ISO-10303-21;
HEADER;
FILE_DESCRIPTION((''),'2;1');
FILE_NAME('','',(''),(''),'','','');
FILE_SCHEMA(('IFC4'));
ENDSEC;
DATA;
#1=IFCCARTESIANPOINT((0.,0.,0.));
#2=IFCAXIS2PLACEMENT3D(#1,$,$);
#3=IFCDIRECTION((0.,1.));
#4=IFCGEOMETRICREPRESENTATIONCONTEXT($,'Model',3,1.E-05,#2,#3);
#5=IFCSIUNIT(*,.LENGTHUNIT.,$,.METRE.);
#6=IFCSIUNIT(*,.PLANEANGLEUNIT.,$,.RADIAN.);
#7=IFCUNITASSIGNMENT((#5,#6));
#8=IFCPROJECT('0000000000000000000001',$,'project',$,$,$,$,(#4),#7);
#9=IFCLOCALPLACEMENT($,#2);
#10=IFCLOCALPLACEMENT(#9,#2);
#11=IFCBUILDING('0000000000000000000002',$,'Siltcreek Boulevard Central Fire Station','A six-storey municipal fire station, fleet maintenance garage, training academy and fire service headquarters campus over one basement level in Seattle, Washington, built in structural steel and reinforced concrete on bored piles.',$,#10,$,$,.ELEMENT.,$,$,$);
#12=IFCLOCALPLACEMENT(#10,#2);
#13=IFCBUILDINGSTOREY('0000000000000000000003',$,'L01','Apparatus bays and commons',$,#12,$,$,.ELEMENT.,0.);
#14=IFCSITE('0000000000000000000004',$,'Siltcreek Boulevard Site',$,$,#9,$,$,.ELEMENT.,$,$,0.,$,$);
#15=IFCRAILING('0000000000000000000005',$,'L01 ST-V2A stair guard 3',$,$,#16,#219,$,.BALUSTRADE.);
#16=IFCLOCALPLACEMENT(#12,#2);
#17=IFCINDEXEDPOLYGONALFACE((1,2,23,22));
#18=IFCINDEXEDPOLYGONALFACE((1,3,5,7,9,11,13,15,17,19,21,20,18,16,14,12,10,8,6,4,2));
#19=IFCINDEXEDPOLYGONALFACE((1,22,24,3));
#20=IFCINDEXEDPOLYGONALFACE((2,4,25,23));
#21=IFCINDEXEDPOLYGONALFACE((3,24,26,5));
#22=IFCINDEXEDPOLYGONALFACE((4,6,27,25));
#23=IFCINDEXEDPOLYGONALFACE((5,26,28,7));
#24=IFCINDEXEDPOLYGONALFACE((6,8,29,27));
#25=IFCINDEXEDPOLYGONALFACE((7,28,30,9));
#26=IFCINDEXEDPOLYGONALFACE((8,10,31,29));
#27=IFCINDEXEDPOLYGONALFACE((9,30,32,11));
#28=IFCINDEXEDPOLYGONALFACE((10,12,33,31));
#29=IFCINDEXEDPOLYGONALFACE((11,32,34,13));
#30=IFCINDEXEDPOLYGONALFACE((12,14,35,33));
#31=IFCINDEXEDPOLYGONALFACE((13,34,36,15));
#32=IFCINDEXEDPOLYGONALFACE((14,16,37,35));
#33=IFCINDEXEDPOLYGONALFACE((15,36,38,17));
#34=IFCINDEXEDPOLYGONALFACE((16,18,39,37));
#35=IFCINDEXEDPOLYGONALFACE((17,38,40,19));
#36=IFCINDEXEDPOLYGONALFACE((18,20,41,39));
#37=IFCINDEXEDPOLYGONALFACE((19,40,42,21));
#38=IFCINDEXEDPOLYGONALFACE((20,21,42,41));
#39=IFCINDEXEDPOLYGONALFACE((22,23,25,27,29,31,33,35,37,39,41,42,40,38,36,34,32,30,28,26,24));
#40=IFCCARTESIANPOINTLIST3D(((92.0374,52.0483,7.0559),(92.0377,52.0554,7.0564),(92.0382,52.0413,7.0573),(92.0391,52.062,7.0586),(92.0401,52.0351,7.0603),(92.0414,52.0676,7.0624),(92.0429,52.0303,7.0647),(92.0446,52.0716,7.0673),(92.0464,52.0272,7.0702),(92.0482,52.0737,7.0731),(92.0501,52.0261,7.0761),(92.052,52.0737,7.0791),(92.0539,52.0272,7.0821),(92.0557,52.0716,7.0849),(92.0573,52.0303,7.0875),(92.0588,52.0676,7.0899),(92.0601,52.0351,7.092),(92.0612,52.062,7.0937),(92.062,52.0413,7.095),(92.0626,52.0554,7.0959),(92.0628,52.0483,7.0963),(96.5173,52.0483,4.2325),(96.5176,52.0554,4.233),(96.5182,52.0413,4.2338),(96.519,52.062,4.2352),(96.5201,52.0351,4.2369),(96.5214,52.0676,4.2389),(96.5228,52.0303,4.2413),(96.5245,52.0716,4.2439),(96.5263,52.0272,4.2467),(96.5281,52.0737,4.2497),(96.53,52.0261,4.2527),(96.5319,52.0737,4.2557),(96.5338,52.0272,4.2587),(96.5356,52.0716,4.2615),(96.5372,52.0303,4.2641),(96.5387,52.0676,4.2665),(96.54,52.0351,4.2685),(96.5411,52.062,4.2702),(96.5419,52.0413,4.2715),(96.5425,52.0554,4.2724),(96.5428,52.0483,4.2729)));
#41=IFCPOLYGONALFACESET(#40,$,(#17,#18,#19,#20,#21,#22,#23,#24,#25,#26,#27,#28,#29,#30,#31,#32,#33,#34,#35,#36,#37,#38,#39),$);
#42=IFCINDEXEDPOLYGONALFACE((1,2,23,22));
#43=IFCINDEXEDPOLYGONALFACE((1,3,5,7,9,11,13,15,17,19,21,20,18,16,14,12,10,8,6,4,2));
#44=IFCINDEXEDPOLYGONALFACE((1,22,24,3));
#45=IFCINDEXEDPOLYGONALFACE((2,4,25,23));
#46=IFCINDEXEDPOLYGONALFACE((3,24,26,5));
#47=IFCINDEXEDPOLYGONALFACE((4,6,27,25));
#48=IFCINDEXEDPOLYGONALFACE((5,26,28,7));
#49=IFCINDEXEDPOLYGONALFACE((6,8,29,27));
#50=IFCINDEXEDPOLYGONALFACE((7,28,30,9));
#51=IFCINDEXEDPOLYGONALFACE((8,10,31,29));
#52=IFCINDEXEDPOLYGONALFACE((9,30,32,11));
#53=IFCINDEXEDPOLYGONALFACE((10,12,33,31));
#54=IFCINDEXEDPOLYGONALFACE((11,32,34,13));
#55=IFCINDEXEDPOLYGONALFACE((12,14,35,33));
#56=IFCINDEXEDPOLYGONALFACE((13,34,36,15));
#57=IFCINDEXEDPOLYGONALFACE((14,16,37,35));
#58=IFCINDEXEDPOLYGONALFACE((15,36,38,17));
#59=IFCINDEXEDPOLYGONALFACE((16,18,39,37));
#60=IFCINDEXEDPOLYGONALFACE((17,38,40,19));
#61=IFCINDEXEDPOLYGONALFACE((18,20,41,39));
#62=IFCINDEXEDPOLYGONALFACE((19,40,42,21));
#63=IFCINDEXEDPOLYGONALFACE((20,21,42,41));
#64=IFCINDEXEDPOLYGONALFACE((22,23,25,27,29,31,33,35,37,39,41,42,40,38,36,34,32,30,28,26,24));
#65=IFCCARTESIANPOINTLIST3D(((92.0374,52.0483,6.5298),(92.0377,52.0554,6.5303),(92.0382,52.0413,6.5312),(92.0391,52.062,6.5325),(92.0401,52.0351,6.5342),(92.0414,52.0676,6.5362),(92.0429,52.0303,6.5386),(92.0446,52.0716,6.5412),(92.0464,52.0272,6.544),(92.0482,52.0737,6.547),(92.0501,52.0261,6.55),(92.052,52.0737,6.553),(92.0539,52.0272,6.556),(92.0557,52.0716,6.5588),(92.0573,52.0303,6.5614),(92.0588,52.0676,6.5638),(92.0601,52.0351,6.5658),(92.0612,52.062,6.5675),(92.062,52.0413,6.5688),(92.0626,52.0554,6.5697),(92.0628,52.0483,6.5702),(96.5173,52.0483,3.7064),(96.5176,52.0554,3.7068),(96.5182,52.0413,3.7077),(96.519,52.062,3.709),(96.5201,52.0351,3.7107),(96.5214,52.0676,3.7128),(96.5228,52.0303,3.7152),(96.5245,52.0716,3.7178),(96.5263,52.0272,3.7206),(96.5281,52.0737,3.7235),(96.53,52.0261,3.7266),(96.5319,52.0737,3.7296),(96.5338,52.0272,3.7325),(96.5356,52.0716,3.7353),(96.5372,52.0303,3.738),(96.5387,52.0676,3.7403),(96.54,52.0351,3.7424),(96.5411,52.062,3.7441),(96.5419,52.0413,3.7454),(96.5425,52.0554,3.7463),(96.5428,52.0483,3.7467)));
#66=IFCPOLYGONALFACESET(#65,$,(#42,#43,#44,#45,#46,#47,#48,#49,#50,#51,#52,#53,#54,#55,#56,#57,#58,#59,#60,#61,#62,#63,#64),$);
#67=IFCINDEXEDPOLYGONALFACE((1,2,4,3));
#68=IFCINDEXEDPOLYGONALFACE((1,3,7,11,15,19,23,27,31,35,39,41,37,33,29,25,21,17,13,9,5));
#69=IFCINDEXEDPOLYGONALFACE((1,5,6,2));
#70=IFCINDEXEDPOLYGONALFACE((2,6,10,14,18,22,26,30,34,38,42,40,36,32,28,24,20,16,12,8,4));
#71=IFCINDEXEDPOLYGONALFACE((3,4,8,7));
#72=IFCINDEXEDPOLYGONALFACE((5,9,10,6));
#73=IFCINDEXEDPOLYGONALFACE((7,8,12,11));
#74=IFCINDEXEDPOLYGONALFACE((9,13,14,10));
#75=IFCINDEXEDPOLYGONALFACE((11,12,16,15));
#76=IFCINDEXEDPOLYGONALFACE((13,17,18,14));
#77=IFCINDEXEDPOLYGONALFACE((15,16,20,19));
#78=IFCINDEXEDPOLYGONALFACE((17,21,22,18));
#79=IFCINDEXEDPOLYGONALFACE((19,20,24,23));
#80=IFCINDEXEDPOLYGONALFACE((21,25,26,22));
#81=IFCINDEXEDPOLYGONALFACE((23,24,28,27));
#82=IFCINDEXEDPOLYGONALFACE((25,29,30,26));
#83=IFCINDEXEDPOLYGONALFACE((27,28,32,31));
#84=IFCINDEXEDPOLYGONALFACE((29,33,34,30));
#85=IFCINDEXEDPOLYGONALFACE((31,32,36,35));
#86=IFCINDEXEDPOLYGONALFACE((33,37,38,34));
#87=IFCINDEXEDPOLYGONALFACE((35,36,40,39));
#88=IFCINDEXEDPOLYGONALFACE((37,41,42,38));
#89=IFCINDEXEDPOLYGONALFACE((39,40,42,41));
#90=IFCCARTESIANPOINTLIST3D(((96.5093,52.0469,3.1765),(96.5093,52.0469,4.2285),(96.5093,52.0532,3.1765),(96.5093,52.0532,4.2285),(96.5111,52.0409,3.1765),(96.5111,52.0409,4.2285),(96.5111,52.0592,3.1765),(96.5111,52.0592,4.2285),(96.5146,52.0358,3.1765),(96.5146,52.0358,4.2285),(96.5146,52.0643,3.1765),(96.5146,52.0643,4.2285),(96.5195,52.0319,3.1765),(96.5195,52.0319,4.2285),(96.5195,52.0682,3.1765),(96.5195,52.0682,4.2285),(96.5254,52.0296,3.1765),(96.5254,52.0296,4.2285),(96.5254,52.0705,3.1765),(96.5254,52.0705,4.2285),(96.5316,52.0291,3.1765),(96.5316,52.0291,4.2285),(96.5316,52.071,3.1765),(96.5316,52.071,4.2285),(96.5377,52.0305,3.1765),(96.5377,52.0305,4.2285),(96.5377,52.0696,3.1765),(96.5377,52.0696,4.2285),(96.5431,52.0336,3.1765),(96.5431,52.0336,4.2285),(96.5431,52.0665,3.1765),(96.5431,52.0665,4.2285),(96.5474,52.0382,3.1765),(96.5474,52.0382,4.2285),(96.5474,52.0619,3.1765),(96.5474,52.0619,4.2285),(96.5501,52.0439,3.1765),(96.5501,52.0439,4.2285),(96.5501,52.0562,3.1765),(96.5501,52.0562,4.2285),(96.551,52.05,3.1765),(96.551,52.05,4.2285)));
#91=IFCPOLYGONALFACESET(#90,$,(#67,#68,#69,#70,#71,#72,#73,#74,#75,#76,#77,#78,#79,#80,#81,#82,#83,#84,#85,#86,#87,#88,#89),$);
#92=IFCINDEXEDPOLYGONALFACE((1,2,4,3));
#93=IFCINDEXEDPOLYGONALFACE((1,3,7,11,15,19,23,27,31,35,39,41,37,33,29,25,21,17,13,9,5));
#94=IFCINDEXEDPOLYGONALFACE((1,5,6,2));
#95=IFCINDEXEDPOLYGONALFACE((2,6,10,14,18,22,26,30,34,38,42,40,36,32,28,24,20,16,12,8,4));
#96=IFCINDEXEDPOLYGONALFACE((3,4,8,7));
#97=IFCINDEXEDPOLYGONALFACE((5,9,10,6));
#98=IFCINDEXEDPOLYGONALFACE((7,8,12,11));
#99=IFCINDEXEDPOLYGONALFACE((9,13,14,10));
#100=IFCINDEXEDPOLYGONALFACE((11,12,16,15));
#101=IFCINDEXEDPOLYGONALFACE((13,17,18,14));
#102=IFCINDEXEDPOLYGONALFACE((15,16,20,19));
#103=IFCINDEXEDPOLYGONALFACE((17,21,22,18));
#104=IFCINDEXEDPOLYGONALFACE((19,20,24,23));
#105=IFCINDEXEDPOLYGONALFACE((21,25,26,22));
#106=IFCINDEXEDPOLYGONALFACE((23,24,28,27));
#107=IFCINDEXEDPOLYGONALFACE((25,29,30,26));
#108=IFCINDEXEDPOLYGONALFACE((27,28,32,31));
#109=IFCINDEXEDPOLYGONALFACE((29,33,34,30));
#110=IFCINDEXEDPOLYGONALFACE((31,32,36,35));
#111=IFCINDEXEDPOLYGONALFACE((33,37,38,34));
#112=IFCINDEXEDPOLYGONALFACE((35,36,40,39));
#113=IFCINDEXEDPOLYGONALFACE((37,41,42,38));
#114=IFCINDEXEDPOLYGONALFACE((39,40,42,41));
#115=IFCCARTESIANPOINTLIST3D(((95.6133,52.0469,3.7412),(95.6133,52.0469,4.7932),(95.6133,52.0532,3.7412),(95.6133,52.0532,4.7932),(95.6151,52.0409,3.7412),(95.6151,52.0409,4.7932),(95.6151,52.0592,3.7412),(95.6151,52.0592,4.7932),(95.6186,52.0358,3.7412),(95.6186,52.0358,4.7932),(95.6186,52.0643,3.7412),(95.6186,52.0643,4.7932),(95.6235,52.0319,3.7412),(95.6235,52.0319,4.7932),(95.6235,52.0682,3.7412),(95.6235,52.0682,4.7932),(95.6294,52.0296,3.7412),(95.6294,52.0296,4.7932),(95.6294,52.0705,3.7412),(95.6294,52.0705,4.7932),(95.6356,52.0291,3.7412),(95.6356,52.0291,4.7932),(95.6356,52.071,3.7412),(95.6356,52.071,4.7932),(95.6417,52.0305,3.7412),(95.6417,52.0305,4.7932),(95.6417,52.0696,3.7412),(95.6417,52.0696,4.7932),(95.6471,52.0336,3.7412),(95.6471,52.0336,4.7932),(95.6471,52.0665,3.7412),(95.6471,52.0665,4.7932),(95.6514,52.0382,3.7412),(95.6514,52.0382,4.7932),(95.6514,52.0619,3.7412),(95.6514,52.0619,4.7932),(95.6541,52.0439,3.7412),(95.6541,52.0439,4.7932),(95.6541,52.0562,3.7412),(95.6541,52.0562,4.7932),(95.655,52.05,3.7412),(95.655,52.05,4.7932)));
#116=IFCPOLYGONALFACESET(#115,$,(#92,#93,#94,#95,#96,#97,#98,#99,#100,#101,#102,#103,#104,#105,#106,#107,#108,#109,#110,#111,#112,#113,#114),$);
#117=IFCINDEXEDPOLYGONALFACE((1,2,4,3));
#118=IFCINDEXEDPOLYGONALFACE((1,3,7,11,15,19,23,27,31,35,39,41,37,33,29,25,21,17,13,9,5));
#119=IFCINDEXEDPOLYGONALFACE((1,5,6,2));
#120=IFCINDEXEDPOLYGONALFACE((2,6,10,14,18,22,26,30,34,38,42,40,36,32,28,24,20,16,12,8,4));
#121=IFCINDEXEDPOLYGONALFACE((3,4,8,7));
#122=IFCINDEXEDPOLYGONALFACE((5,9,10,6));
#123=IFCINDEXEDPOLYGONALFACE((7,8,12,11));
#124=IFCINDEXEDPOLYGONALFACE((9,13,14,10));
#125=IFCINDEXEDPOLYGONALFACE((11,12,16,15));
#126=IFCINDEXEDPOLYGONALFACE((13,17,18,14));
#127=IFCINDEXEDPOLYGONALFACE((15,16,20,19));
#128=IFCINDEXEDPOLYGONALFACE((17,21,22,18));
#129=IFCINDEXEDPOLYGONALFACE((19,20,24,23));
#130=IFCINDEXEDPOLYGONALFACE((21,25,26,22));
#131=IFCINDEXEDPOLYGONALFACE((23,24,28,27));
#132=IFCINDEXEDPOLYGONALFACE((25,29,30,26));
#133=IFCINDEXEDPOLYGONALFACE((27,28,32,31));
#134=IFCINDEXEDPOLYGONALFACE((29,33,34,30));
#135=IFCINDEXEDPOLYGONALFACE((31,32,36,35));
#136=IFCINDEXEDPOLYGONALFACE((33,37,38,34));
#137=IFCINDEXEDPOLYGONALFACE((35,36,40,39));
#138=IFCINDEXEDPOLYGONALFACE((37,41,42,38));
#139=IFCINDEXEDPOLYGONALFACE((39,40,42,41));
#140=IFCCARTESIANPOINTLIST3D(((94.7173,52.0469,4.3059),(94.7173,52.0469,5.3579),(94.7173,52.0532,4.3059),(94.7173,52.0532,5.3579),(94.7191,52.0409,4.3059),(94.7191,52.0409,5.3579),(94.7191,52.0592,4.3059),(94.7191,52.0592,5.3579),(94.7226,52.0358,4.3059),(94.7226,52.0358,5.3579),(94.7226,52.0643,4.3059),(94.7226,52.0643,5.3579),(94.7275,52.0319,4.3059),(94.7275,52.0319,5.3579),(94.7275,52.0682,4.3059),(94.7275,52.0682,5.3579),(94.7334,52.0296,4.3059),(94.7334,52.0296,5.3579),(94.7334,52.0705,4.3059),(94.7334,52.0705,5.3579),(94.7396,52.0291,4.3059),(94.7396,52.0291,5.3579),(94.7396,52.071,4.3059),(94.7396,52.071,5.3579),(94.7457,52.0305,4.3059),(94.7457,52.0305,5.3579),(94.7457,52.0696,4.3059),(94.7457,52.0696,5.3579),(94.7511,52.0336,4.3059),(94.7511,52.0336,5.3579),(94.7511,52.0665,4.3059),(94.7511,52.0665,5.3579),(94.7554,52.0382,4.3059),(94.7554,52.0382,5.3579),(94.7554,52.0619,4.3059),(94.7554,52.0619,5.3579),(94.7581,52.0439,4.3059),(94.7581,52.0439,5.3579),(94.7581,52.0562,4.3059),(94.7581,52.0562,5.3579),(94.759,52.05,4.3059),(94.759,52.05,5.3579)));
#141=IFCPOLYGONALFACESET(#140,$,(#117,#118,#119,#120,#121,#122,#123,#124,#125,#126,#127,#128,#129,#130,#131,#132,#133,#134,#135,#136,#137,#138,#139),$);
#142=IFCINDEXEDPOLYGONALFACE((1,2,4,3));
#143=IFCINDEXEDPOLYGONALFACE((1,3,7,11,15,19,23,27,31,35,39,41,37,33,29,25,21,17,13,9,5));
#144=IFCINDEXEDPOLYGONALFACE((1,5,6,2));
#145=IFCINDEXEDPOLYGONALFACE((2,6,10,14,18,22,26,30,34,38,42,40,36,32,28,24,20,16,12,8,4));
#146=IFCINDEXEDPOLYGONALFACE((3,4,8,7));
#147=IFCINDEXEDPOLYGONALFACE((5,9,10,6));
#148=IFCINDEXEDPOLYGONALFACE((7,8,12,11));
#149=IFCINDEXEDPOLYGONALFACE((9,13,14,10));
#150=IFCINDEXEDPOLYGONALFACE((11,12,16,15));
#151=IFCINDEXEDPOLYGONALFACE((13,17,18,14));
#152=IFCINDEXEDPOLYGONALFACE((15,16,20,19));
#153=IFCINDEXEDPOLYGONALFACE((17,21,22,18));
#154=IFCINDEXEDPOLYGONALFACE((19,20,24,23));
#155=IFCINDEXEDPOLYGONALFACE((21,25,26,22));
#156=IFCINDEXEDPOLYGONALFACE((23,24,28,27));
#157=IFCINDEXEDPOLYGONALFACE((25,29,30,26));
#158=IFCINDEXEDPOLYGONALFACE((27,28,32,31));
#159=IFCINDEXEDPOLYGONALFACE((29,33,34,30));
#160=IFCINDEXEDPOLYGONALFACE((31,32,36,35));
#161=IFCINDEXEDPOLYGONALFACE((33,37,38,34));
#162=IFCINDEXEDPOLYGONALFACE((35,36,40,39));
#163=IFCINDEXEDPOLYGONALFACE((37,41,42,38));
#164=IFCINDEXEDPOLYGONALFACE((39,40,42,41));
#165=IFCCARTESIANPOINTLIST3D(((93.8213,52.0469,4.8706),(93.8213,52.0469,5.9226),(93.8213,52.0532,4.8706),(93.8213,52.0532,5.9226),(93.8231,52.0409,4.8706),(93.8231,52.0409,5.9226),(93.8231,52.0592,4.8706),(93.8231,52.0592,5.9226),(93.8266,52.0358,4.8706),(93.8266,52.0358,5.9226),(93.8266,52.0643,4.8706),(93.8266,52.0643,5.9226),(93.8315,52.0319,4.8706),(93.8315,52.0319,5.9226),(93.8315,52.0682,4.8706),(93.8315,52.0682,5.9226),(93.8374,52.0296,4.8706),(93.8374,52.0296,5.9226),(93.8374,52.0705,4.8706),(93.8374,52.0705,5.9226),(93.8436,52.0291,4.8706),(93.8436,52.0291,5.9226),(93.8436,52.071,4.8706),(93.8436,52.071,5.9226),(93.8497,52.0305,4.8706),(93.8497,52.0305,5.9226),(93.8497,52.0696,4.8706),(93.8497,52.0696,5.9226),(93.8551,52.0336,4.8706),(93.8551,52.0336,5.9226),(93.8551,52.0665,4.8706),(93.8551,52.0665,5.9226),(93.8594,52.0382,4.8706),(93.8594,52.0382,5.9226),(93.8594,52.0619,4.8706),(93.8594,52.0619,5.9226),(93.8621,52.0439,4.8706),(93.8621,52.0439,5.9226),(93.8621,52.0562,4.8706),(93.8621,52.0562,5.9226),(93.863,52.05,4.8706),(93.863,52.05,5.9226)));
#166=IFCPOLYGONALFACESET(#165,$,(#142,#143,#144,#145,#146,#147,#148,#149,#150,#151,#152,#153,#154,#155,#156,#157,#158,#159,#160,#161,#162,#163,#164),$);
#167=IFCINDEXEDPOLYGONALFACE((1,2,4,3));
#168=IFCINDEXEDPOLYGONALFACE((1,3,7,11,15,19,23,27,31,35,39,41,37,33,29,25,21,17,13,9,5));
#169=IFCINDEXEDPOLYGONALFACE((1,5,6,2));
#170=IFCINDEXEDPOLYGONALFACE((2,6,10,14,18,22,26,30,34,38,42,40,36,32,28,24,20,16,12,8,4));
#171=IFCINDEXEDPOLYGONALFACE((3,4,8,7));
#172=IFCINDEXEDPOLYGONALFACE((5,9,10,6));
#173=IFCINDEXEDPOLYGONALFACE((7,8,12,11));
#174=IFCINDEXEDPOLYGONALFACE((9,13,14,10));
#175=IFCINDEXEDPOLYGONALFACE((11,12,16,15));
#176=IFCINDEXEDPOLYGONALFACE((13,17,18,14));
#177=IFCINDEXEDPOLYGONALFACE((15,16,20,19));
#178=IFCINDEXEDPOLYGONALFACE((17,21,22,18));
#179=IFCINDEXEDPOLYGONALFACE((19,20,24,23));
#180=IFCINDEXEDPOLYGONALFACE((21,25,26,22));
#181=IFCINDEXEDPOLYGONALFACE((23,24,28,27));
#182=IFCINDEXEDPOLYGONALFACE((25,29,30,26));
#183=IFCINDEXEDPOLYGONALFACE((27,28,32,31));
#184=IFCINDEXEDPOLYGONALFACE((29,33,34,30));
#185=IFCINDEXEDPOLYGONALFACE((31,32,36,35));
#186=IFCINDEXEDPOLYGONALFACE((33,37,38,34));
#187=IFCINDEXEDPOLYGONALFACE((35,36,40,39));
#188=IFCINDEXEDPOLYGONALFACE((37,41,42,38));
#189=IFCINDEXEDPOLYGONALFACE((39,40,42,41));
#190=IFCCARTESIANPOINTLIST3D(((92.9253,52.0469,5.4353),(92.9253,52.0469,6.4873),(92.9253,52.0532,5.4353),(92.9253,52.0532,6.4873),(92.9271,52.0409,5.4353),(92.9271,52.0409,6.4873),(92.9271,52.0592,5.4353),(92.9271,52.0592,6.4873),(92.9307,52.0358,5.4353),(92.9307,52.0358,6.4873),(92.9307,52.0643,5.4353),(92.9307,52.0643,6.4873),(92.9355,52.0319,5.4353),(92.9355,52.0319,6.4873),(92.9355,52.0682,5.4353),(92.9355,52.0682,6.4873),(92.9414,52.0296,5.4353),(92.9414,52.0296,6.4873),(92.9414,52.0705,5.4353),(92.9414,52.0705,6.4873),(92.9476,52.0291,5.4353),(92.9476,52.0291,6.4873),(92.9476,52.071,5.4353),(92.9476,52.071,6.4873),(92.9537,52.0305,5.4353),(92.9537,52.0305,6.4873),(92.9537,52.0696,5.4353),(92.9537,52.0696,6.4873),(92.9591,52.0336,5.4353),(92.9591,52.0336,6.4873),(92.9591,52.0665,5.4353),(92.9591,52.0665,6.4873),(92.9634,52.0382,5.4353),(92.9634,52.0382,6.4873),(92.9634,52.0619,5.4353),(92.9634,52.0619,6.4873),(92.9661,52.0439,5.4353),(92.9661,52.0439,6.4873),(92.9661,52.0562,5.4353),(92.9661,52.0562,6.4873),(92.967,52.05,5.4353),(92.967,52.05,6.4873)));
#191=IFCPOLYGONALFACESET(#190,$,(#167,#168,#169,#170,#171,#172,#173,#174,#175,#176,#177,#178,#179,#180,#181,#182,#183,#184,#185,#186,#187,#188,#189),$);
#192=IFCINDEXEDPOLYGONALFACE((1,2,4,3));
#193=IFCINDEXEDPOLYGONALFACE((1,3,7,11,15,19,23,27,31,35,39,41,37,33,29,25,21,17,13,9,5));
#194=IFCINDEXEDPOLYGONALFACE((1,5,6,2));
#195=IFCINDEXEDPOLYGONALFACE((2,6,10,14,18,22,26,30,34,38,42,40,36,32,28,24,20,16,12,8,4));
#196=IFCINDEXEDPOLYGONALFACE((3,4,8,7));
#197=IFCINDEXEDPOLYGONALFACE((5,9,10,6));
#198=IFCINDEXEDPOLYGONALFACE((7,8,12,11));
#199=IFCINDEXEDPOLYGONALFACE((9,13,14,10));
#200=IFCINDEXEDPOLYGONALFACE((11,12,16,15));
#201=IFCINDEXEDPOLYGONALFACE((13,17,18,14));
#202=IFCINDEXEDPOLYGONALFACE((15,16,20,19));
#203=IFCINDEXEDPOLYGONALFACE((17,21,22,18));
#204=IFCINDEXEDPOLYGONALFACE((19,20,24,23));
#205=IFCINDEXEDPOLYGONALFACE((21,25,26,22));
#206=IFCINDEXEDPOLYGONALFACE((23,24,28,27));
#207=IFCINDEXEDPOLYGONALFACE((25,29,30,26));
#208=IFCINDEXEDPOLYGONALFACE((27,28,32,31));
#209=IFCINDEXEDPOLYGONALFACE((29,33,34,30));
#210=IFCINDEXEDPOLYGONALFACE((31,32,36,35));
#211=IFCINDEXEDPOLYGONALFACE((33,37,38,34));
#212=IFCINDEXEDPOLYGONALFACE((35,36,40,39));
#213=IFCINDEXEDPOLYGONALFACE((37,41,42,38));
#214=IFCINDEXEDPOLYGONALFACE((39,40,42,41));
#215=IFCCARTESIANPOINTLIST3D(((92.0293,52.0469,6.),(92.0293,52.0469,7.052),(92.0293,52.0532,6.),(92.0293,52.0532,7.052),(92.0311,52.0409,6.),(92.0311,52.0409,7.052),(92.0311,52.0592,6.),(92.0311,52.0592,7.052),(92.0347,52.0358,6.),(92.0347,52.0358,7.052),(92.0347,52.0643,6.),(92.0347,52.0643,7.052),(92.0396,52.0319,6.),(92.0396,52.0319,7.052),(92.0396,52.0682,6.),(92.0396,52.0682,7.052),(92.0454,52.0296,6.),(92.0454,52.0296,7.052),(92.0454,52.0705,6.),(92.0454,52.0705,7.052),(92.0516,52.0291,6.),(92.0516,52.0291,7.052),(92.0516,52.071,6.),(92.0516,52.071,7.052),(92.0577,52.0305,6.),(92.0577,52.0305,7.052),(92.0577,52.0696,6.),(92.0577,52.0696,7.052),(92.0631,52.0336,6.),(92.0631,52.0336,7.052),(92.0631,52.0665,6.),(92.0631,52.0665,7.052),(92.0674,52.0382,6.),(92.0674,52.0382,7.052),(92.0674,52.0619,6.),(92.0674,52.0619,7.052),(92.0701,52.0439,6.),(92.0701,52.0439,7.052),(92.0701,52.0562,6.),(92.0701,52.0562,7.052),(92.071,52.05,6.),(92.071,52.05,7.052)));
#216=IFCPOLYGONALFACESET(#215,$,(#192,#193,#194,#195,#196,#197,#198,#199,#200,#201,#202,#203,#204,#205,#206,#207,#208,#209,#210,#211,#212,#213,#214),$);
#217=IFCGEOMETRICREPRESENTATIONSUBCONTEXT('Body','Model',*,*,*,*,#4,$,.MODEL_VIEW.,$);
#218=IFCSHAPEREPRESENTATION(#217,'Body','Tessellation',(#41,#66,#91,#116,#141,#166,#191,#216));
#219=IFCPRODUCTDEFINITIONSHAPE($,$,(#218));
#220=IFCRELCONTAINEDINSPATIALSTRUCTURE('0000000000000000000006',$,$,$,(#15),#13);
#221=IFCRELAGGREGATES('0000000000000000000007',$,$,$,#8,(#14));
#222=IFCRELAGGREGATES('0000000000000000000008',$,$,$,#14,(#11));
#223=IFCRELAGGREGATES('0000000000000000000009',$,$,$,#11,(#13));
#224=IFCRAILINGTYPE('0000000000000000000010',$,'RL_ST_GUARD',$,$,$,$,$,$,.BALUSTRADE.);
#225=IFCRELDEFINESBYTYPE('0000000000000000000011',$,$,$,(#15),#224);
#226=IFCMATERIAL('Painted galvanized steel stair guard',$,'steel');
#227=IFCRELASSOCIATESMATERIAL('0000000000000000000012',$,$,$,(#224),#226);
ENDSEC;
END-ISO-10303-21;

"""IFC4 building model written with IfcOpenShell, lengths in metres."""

from ifc_helpers import new_model, si_unit, direction, frame, origin, origin_2d, place, context, subcontext, project, spatial, circle, extrude, material, type_object, element, save


model = new_model("IFC4")

# Units and contexts
model_context = context("Model", 3, precision=1e-05, world=origin(), true_north=direction((0.0, 1.0)))
body_context = subcontext(model_context, "Body", "Model", "MODEL_VIEW")
ifc_project = project(units=[si_unit("LENGTHUNIT", "METRE"), si_unit("PLANEANGLEUNIT", "RADIAN")], contexts=[model_context])

# Site, building, storey
site_placement = place(None, origin())
site = spatial("IfcSite", under=ifc_project, at=site_placement, Name="Siltcreek Boulevard Site", CompositionType="ELEMENT", RefElevation=0.0)
building_placement = place(site_placement, origin())
building = spatial("IfcBuilding", under=site, at=building_placement, Name="Siltcreek Boulevard Central Fire Station", Description="A six-storey municipal fire station, fleet maintenance garage, training academy and fire service headquarters campus over one basement level in Seattle, Washington, built in structural steel and reinforced concrete on bored piles.", CompositionType="ELEMENT")
storey_placement = place(building_placement, origin())
storey = spatial("IfcBuildingStorey", under=building, at=storey_placement, Name="L01", Description="Apparatus bays and commons", CompositionType="ELEMENT", Elevation=0.0)

# Railing
ifc_material_1 = material(Name="Painted galvanized steel stair guard", Category="steel")
railing_type_1 = type_object("IfcRailingType", Name="RL_ST_GUARD", PredefinedType="BALUSTRADE", material=ifc_material_1)
railing_1_placement = place(storey_placement, frame((96.53, 52.05, 3.1765)))
element("IfcRailing", 1, at=railing_1_placement, inside=storey, type_object=railing_type_1, Name="L01 ST-V2A stair guard 3", PredefinedType="BALUSTRADE", context=body_context, shape_type="SweptSolid", body=[
    extrude(circle(Radius=0.0239, at=origin_2d()), frame((0.0, 0.0, 1.0762), z_axis=(-0.845998, 0.0, 0.533186), x_axis=(0.0, -1.0, 0.0)), (0.0, 0.0, 1.0), 5.2954),
    extrude(circle(Radius=0.0239, at=origin_2d()), frame((0.0, 0.0, 0.55), z_axis=(-0.845998, 0.0, 0.533186), x_axis=(0.0, -1.0, 0.0)), (0.0, 0.0, 1.0), 5.2954),
    extrude(circle(Radius=0.021, at=origin_2d()), origin(), (0.0, 0.0, 1.0), 1.052),
    extrude(circle(Radius=0.021, at=origin_2d()), frame((-0.896, 0.0, 0.5647)), (0.0, 0.0, 1.0), 1.052),
    extrude(circle(Radius=0.021, at=origin_2d()), frame((-1.792, 0.0, 1.1294)), (0.0, 0.0, 1.0), 1.052),
    extrude(circle(Radius=0.021, at=origin_2d()), frame((-2.688, 0.0, 1.6941)), (0.0, 0.0, 1.0), 1.052),
    extrude(circle(Radius=0.021, at=origin_2d()), frame((-3.584, 0.0, 2.2588)), (0.0, 0.0, 1.0), 1.052),
    extrude(circle(Radius=0.021, at=origin_2d()), frame((-4.48, 0.0, 2.8235)), (0.0, 0.0, 1.0), 1.052),
])

save(model, "model.ifc")
